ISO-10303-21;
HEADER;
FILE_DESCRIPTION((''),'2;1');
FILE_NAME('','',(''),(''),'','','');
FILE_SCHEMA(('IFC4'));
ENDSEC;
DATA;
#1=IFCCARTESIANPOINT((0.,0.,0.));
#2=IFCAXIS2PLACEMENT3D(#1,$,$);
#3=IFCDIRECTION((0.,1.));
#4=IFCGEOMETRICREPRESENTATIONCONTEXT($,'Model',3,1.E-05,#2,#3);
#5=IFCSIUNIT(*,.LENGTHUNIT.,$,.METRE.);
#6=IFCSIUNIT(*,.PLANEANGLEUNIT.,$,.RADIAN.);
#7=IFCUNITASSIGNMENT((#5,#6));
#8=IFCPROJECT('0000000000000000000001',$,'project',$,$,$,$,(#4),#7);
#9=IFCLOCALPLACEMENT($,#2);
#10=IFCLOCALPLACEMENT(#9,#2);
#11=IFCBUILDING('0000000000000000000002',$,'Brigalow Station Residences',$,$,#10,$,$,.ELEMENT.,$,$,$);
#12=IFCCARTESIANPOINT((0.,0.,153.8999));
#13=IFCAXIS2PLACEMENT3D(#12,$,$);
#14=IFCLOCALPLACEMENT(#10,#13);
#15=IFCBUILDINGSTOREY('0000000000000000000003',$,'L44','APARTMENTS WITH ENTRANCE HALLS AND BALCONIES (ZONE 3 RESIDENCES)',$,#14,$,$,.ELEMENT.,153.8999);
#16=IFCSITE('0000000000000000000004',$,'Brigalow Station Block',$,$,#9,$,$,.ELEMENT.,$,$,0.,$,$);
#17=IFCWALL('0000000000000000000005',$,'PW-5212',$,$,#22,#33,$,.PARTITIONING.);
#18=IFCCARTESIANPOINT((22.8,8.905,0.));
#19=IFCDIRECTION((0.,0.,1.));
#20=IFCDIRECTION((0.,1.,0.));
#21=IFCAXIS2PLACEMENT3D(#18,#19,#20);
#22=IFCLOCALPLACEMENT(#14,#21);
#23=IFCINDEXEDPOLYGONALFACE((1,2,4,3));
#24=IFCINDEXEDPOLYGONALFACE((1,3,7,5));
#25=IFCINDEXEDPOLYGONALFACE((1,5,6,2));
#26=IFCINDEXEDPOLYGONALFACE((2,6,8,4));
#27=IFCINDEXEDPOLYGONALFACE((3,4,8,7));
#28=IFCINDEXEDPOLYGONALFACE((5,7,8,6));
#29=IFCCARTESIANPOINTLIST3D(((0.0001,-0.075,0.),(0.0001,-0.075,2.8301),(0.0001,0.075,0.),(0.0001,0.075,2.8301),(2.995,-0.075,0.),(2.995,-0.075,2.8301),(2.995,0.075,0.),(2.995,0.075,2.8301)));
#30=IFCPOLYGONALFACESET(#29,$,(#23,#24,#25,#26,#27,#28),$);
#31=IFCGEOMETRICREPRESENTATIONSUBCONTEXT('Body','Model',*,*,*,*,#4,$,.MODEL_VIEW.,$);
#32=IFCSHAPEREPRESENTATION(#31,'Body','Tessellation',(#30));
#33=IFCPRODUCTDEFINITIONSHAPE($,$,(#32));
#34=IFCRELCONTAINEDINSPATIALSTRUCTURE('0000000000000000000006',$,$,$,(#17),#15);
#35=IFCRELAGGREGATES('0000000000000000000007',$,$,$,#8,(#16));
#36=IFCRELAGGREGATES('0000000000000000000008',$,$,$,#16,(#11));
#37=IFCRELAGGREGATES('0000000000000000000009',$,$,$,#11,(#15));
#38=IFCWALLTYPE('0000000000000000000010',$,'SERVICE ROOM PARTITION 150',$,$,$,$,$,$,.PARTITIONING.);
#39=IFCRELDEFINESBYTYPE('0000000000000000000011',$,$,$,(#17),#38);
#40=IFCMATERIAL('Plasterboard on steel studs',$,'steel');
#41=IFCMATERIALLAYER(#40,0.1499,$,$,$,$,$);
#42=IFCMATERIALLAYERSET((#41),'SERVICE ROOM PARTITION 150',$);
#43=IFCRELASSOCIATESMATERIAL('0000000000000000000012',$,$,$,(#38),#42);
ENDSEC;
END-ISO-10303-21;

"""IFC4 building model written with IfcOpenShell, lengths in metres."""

from ifc_helpers import new_model, si_unit, direction, frame, frame_2d, origin, place, context, subcontext, project, spatial, rectangle, extrude, material, layer, layer_set, type_object, element, save


model = new_model("IFC4")

# Units and contexts
model_context = context("Model", 3, precision=1e-05, world=origin(), true_north=direction((0.0, 1.0)))
body_context = subcontext(model_context, "Body", "Model", "MODEL_VIEW")
ifc_project = project(units=[si_unit("LENGTHUNIT", "METRE"), si_unit("PLANEANGLEUNIT", "RADIAN")], contexts=[model_context])

# Site, building, storey
site_placement = place(None, origin())
site = spatial("IfcSite", under=ifc_project, at=site_placement, Name="Brigalow Station Block", CompositionType="ELEMENT", RefElevation=0.0)
building_placement = place(site_placement, origin())
building = spatial("IfcBuilding", under=site, at=building_placement, Name="Brigalow Station Residences", CompositionType="ELEMENT")
storey_placement = place(building_placement, frame((0.0, 0.0, 153.8999)))
storey = spatial("IfcBuildingStorey", under=building, at=storey_placement, Name="L44", Description="APARTMENTS WITH ENTRANCE HALLS AND BALCONIES (ZONE 3 RESIDENCES)", CompositionType="ELEMENT", Elevation=153.8999)

# Shared definitions
ifc_material_1 = material(Name="Plasterboard on steel studs", Category="steel")
ifc_layer_1 = layer(ifc_material_1, 0.1499)
ifc_layer_set_1 = layer_set([ifc_layer_1], Name="SERVICE ROOM PARTITION 150")
wall_type_1 = type_object("IfcWallType", Name="SERVICE ROOM PARTITION 150", PredefinedType="PARTITIONING", material=ifc_layer_set_1)

# Wall
wall_1_placement = place(storey_placement, frame((22.8, 8.905, 0.0), z_axis=(0.0, 0.0, 1.0), x_axis=(0.0, 1.0, 0.0)))
element("IfcWall", 1, at=wall_1_placement, inside=storey, type_object=wall_type_1, Name="PW-5212", PredefinedType="PARTITIONING", context=body_context, shape_type="SweptSolid", body=[
    extrude(rectangle(XDim=2.9949, YDim=0.1499, at=frame_2d((1.4976, 0.0))), origin(), (0.0, 0.0, 1.0), 2.8301),
])

save(model, "model.ifc")
